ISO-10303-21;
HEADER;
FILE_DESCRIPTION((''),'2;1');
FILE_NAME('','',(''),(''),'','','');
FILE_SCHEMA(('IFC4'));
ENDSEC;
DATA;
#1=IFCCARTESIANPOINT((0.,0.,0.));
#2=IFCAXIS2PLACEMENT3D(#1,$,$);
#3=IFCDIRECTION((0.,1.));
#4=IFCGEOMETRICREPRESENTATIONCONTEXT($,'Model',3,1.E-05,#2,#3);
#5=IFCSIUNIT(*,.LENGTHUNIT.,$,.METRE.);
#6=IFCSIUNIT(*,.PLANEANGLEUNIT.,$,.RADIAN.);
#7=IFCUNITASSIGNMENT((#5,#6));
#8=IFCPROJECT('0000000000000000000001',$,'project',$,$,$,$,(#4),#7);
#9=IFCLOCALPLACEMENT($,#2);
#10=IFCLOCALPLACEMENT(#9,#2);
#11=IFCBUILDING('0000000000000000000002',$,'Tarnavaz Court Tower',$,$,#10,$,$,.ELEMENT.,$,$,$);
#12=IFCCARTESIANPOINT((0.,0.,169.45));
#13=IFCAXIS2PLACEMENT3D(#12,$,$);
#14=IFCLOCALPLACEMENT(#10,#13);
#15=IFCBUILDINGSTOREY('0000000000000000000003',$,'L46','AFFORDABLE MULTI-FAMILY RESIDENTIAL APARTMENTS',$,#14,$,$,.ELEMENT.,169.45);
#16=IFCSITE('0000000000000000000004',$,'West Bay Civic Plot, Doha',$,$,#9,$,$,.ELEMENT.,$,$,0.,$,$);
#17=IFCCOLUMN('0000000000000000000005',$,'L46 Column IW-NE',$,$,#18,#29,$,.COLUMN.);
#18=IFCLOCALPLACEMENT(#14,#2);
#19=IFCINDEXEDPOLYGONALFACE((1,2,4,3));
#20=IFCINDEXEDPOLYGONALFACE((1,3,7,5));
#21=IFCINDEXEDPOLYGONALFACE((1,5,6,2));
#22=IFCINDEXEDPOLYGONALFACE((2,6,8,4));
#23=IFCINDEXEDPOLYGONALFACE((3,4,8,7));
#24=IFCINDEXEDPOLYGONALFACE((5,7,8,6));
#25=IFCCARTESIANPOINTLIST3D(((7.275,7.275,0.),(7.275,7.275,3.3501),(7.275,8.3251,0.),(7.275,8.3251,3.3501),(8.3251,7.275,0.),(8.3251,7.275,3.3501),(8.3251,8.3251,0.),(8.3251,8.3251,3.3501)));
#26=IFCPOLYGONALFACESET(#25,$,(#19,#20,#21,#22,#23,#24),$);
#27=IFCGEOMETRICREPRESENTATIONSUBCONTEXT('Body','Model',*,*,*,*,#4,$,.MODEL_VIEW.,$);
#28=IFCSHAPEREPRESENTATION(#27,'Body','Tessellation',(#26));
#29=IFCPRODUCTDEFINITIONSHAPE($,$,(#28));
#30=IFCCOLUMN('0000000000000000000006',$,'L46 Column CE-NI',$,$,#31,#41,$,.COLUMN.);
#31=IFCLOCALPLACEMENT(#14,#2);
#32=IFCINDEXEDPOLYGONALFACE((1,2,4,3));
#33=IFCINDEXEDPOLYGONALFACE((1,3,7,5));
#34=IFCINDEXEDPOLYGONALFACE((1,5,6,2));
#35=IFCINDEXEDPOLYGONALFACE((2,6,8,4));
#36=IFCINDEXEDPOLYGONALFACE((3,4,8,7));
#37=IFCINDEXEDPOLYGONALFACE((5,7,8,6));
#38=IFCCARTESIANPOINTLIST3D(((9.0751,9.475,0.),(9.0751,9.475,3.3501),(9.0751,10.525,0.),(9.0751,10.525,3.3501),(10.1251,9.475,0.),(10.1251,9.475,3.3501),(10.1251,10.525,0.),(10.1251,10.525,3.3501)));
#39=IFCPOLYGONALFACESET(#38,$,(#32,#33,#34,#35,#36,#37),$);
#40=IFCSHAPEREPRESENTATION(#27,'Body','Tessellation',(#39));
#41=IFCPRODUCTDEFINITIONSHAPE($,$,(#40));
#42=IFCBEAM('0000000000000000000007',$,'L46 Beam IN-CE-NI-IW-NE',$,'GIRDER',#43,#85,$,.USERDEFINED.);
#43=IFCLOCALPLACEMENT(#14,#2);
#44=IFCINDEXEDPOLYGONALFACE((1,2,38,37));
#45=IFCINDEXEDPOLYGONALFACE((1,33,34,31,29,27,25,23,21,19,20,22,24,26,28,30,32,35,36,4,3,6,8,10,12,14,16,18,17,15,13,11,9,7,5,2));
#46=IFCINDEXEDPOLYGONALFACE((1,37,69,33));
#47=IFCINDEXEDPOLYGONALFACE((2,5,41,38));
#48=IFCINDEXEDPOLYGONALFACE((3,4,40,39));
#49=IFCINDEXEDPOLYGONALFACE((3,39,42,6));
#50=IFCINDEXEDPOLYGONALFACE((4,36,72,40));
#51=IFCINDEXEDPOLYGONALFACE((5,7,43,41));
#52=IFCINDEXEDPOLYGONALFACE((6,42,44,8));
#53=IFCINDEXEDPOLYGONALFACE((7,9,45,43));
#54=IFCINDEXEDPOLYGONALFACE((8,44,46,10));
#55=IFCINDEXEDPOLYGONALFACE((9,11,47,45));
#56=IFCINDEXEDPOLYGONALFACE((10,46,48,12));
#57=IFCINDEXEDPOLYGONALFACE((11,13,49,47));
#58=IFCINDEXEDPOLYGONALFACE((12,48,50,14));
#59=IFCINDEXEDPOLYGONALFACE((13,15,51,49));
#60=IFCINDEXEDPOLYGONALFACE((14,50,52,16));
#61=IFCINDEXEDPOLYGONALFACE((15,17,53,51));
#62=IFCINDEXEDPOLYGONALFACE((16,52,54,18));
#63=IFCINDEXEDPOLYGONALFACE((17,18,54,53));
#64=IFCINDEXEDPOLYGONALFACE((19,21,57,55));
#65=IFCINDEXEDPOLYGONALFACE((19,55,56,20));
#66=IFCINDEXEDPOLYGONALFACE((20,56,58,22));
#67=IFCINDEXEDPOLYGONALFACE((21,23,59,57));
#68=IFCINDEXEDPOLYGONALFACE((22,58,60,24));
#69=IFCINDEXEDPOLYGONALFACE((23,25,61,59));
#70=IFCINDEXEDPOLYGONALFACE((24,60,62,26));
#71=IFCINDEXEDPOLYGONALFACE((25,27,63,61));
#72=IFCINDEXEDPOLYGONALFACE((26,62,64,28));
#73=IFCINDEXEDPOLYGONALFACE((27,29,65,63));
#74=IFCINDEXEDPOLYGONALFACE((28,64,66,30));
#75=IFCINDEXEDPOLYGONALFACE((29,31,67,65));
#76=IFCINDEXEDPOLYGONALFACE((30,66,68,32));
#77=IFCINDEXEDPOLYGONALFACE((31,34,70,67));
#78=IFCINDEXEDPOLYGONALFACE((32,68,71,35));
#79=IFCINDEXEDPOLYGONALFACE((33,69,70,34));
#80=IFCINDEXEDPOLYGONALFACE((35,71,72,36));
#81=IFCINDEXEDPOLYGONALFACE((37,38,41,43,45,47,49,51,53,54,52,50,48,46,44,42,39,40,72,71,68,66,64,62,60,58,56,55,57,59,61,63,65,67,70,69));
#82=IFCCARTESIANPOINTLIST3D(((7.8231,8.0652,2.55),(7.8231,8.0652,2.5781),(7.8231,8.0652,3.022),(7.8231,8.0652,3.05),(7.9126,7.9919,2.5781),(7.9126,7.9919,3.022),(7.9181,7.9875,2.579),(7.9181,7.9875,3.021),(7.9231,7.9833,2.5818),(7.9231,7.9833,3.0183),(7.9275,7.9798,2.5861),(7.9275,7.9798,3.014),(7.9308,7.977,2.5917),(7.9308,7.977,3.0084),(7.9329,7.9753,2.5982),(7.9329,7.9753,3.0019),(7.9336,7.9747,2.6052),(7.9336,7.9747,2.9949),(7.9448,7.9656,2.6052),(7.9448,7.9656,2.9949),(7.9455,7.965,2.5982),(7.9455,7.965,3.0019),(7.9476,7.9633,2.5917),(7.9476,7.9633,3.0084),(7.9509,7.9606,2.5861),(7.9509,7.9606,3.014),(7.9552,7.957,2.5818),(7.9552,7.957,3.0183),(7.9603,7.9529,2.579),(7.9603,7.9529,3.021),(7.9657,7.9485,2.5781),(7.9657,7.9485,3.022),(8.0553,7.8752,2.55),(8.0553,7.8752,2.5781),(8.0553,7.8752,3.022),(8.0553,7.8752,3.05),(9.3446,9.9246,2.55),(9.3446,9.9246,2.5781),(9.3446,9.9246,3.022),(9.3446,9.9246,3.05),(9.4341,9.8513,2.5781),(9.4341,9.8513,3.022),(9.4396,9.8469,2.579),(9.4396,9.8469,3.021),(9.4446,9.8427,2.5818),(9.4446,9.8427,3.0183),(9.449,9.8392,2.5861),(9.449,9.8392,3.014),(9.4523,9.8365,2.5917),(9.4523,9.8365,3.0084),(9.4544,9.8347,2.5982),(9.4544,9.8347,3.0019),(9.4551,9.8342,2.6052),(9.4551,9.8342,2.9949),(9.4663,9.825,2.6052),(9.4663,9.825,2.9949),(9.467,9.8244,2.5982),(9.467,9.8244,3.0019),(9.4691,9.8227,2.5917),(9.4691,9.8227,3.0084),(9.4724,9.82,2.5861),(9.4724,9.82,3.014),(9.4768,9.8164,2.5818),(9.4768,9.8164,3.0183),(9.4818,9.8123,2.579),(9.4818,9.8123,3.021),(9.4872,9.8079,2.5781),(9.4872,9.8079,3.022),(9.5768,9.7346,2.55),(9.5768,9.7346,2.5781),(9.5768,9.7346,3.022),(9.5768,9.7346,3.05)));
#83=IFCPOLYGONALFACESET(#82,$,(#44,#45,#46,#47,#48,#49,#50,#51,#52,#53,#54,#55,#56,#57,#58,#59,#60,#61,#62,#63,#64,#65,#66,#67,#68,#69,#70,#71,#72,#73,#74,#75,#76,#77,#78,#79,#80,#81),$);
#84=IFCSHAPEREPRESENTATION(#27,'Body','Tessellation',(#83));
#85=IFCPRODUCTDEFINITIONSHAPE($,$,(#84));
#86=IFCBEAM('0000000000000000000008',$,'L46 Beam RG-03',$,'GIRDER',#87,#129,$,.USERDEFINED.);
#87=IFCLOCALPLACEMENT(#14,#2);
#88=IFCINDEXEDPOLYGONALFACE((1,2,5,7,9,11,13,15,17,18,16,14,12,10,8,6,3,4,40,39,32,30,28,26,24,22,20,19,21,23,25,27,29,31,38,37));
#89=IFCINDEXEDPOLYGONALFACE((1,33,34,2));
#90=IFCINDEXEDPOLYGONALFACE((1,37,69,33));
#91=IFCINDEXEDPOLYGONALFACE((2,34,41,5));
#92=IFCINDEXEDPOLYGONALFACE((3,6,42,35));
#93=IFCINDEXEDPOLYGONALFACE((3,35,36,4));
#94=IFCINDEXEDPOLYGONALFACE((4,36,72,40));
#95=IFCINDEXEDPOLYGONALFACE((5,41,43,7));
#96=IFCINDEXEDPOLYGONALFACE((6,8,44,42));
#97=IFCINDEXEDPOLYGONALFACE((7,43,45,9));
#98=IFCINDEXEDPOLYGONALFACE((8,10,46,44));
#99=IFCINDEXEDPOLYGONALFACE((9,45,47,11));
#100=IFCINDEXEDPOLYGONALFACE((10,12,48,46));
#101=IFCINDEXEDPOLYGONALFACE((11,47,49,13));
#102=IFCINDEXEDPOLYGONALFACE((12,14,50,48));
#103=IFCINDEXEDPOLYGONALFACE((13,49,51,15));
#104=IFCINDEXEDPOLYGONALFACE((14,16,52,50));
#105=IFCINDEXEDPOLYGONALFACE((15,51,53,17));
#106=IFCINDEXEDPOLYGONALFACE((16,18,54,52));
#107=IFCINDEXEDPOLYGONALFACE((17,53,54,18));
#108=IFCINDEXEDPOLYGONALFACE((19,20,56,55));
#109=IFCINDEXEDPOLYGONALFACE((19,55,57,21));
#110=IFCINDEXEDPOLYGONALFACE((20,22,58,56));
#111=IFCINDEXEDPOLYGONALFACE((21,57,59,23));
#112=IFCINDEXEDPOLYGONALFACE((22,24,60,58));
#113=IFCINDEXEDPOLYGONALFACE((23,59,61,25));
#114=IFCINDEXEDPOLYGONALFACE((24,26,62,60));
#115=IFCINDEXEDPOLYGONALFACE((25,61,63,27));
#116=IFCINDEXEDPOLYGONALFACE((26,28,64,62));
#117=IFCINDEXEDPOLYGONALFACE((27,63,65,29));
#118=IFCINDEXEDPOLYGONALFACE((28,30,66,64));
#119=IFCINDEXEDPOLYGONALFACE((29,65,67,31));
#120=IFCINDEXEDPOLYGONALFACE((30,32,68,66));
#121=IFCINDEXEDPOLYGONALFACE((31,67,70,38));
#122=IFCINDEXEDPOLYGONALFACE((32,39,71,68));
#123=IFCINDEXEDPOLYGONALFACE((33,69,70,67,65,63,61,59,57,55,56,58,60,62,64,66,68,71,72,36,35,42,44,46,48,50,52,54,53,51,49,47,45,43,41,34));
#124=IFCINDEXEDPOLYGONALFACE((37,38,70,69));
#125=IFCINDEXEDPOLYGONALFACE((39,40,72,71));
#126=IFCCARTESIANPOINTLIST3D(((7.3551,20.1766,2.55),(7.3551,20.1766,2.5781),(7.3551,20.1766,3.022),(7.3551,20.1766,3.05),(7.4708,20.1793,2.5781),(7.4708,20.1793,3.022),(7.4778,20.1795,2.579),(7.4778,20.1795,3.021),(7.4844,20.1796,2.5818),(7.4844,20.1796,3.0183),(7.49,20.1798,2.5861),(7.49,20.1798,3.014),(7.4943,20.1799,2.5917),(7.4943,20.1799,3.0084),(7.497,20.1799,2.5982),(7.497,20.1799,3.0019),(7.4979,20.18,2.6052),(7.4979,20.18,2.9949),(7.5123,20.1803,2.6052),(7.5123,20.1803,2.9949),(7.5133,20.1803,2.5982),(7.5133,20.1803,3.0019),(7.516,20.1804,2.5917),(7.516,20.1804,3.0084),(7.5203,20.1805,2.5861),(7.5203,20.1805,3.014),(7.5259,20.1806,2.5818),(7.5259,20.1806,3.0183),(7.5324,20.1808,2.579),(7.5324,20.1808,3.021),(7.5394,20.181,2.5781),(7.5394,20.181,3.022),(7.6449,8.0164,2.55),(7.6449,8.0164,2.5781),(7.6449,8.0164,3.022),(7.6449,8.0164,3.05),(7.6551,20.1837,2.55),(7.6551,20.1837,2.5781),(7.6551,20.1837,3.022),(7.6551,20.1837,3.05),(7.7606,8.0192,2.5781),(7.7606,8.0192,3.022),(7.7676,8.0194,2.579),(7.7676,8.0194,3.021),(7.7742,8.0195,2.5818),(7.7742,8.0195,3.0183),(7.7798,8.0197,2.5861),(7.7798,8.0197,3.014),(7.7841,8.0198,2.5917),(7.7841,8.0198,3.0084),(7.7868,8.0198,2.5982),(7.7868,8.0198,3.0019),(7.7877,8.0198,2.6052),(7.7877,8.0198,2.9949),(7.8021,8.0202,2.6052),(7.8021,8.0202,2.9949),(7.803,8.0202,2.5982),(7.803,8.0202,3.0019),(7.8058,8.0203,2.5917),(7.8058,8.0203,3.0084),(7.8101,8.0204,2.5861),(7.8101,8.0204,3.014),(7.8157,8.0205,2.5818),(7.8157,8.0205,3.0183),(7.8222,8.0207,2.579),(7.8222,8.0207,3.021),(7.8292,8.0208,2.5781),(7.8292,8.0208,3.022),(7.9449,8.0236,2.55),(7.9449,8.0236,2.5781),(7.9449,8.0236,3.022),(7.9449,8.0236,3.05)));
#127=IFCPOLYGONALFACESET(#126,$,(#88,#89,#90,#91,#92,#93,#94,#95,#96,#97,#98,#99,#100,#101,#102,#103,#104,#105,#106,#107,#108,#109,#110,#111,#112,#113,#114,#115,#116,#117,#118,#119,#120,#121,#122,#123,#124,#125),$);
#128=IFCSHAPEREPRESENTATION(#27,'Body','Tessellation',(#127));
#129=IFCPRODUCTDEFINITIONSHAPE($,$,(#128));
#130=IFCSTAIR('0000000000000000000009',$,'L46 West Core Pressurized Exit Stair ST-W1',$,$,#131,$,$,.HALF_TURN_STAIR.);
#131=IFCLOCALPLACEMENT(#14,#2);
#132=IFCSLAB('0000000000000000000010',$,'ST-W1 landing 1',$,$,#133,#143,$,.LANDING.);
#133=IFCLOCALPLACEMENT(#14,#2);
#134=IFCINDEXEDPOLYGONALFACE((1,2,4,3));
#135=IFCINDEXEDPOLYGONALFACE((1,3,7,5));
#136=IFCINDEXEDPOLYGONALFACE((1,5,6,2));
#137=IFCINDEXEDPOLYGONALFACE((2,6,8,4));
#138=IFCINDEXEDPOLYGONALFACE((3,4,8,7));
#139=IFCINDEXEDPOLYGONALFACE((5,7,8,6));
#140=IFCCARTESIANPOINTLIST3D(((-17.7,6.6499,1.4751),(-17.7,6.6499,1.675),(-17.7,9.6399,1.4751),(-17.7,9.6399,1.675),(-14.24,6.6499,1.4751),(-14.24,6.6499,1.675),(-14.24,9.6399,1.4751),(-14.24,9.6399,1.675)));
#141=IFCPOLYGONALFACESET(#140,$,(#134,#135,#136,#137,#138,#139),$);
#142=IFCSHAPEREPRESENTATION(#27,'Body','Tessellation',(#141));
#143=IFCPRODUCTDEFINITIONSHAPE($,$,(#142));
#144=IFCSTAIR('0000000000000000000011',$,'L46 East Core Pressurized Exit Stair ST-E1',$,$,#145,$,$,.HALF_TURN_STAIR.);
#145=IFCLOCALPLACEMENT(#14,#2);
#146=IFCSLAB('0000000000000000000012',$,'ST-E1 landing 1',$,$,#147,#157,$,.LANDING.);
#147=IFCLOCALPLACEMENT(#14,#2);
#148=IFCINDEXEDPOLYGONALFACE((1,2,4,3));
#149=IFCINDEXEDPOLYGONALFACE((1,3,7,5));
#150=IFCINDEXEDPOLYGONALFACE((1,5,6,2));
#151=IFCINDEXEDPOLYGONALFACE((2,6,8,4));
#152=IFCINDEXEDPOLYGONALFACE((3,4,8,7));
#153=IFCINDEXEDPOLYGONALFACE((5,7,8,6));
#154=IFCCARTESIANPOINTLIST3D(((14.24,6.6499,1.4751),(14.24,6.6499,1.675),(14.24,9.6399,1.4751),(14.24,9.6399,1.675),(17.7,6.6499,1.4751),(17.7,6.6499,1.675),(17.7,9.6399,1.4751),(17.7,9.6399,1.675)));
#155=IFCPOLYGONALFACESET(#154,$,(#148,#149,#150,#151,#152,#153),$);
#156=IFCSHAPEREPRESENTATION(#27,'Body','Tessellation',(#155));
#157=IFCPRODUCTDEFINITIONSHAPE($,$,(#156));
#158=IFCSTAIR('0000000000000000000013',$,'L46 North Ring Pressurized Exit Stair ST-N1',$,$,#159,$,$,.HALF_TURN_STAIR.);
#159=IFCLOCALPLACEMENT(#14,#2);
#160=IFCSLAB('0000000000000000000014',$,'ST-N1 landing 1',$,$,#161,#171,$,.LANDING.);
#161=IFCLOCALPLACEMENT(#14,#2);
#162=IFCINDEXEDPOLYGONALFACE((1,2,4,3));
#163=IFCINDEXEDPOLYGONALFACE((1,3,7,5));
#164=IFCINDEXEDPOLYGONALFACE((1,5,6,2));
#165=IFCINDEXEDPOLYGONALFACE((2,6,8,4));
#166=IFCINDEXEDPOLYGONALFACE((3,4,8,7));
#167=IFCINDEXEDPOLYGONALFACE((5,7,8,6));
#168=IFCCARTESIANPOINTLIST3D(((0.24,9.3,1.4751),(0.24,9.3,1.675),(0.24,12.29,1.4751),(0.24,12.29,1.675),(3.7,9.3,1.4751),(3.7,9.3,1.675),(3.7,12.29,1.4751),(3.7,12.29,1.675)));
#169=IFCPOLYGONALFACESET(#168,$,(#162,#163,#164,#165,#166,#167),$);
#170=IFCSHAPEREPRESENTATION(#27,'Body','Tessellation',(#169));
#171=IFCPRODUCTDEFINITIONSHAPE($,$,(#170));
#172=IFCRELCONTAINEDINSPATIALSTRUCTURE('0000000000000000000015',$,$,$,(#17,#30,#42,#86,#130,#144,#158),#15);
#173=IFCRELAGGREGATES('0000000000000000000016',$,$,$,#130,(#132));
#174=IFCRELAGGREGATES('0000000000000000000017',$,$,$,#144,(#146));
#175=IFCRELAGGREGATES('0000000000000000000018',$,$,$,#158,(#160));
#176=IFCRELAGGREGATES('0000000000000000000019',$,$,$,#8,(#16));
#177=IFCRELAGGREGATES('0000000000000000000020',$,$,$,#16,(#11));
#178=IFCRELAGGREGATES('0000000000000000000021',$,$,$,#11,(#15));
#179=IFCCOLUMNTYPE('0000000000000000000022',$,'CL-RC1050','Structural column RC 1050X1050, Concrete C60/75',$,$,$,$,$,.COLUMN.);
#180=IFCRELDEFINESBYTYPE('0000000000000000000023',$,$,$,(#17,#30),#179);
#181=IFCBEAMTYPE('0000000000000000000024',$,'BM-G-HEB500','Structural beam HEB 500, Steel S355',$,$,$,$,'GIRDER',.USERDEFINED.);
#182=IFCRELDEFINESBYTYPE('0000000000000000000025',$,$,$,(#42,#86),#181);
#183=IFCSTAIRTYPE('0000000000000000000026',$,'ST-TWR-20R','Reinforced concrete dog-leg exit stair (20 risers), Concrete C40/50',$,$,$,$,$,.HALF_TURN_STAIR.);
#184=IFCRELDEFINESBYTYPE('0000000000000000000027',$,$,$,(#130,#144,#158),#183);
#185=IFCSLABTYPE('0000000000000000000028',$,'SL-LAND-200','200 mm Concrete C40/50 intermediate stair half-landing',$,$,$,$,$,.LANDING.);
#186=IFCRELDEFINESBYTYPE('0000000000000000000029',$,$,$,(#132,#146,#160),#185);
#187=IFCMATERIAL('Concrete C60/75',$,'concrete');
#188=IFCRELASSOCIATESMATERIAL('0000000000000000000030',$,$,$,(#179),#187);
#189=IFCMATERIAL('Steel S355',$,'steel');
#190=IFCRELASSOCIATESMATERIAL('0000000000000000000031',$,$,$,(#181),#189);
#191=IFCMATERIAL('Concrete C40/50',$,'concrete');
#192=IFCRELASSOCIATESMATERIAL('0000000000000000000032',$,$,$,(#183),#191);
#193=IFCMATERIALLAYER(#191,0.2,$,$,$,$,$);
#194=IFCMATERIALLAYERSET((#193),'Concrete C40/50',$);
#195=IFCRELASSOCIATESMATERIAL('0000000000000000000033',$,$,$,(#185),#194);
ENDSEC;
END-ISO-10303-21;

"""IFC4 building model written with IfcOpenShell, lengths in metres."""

from ifc_helpers import new_model, si_unit, direction, frame, origin, origin_2d, place, context, subcontext, project, spatial, polyline, rectangle, i_section, outline, extrude, material, layer, layer_set, material_profile, profile_set, type_object, element, aggregate, save


model = new_model("IFC4")

# Units and contexts
model_context = context("Model", 3, precision=1e-05, world=origin(), true_north=direction((0.0, 1.0)))
body_context = subcontext(model_context, "Body", "Model", "MODEL_VIEW")
ifc_project = project(units=[si_unit("LENGTHUNIT", "METRE"), si_unit("PLANEANGLEUNIT", "RADIAN")], contexts=[model_context])

# Site, building, storey
site_placement = place(None, origin())
site = spatial("IfcSite", under=ifc_project, at=site_placement, Name="West Bay Civic Plot, Doha", CompositionType="ELEMENT", RefElevation=0.0)
building_placement = place(site_placement, origin())
building = spatial("IfcBuilding", under=site, at=building_placement, Name="Tarnavaz Court Tower", CompositionType="ELEMENT")
storey_placement = place(building_placement, frame((0.0, 0.0, 169.45)))
storey = spatial("IfcBuildingStorey", under=building, at=storey_placement, Name="L46", Description="AFFORDABLE MULTI-FAMILY RESIDENTIAL APARTMENTS", CompositionType="ELEMENT", Elevation=169.45)

# Columns
ifc_material_1 = material(Name="Concrete C60/75", Category="concrete")
ifc_material_profile_1 = material_profile(ifc_material_1, rectangle(XDim=1.05, YDim=1.05, at=origin_2d()), Name="RC 1050X1050")
ifc_profile_set_1 = profile_set([ifc_material_profile_1], Name="Concrete C60/75")
column_type = type_object("IfcColumnType", Name="CL-RC1050", Description="Structural column RC 1050X1050, Concrete C60/75", PredefinedType="COLUMN", material=ifc_profile_set_1)
for number, where, z_axis, x_axis, name in (
    (1, (7.8, 7.8, 0.0), (0.0, 0.0, 1.0), (1.0, 0.0, 0.0), "L46 Column IW-NE"),
    (2, (9.6001, 10.0, 0.0), (0.0, 0.0, 1.0), (1.0, 0.0, 0.0), "L46 Column CE-NI"),
):
    element("IfcColumn", number, at=place(storey_placement, frame(where, z_axis=z_axis, x_axis=x_axis)), inside=storey, type_object=column_type, Name=name, PredefinedType="COLUMN", context=body_context, shape_type="SweptSolid", body=[
        extrude(rectangle(XDim=1.05, YDim=1.05, at=origin_2d()), origin(), (0.0, 0.0, 1.0), 3.3501),
    ])

# Beams
ifc_material_2 = material(Name="Steel S355", Category="steel")
ifc_material_profile_2 = material_profile(ifc_material_2, i_section(OverallWidth=0.3, OverallDepth=0.5, WebThickness=0.0144, FlangeThickness=0.0281, FilletRadius=0.0271, at=origin_2d()), Name="HEB 500")
ifc_profile_set_2 = profile_set([ifc_material_profile_2], Name="Steel S355")
beam_type = type_object("IfcBeamType", Name="BM-G-HEB500", Description="Structural beam HEB 500, Steel S355", ElementType="GIRDER", PredefinedType="USERDEFINED", material=ifc_profile_set_2)
beam_1_placement = place(storey_placement, frame((9.4607, 9.8296, 2.8), z_axis=(-0.633282, -0.773921, 0.0), x_axis=(0.773921, -0.633282, 0.0)))
element("IfcBeam", 3, at=beam_1_placement, inside=storey, type_object=beam_type, Name="L46 Beam IN-CE-NI-IW-NE", ObjectType="GIRDER", PredefinedType="USERDEFINED", context=body_context, shape_type="SweptSolid", body=[
    extrude(i_section(OverallWidth=0.3, OverallDepth=0.5, WebThickness=0.0144, FlangeThickness=0.0281, FilletRadius=0.0271, at=origin_2d()), origin(), (0.0, 0.0, 1.0), 2.4026),
])
beam_2_placement = place(storey_placement, frame((7.7949, 8.02, 2.8), z_axis=(-0.023825, 0.999716, 0.0), x_axis=(-0.999716, -0.023825, 0.0)))
element("IfcBeam", 4, at=beam_2_placement, inside=storey, type_object=beam_type, Name="L46 Beam RG-03", ObjectType="GIRDER", PredefinedType="USERDEFINED", context=body_context, shape_type="SweptSolid", body=[
    extrude(i_section(OverallWidth=0.3, OverallDepth=0.5, WebThickness=0.0144, FlangeThickness=0.0281, FilletRadius=0.0271, at=origin_2d()), origin(), (0.0, 0.0, 1.0), 12.1636),
])

# Stairs, slabs
ifc_material_3 = material(Name="Concrete C40/50", Category="concrete")
stair_type = type_object("IfcStairType", Name="ST-TWR-20R", Description="Reinforced concrete dog-leg exit stair (20 risers), Concrete C40/50", PredefinedType="HALF_TURN_STAIR", material=ifc_material_3)
stair_1_placement = place(storey_placement, origin())
stair_1 = element("IfcStair", 5, at=stair_1_placement, inside=storey, type_object=stair_type, Name="L46 West Core Pressurized Exit Stair ST-W1", PredefinedType="HALF_TURN_STAIR")
ifc_layer_1 = layer(ifc_material_3, 0.2)
ifc_layer_set_1 = layer_set([ifc_layer_1], Name="Concrete C40/50")
slab_type_1 = type_object("IfcSlabType", Name="SL-LAND-200", Description="200 mm Concrete C40/50 intermediate stair half-landing", PredefinedType="LANDING", material=ifc_layer_set_1)
slab_1_placement = place(storey_placement, frame((0.0, 0.0, 1.4751)))
slab_1 = element("IfcSlab", 6, at=slab_1_placement, type_object=slab_type_1, Name="ST-W1 landing 1", PredefinedType="LANDING", context=body_context, shape_type="SweptSolid", body=[
    extrude(outline(polyline([(-14.24, 9.6399), (-17.7, 9.6399), (-17.7, 6.6499), (-14.24, 6.6499), (-14.24, 9.6399)])), origin(), (0.0, 0.0, 1.0), 0.2),
])
aggregate(stair_1, [slab_1])
stair_2_placement = place(storey_placement, origin())
stair_2 = element("IfcStair", 7, at=stair_2_placement, inside=storey, type_object=stair_type, Name="L46 East Core Pressurized Exit Stair ST-E1", PredefinedType="HALF_TURN_STAIR")
slab_2_placement = place(storey_placement, frame((0.0, 0.0, 1.4751)))
slab_2 = element("IfcSlab", 8, at=slab_2_placement, type_object=slab_type_1, Name="ST-E1 landing 1", PredefinedType="LANDING", context=body_context, shape_type="SweptSolid", body=[
    extrude(outline(polyline([(14.24, 6.6499), (17.7, 6.6499), (17.7, 9.6399), (14.24, 9.6399), (14.24, 6.6499)])), origin(), (0.0, 0.0, 1.0), 0.2),
])
aggregate(stair_2, [slab_2])
stair_3_placement = place(storey_placement, origin())
stair_3 = element("IfcStair", 9, at=stair_3_placement, inside=storey, type_object=stair_type, Name="L46 North Ring Pressurized Exit Stair ST-N1", PredefinedType="HALF_TURN_STAIR")
slab_3_placement = place(storey_placement, frame((0.0, 0.0, 1.4751)))
slab_3 = element("IfcSlab", 10, at=slab_3_placement, type_object=slab_type_1, Name="ST-N1 landing 1", PredefinedType="LANDING", context=body_context, shape_type="SweptSolid", body=[
    extrude(outline(polyline([(0.24, 9.3), (3.7, 9.3), (3.7, 12.29), (0.24, 12.29), (0.24, 9.3)])), origin(), (0.0, 0.0, 1.0), 0.2),
])

aggregate(stair_3, [slab_3])

save(model, "model.ifc")
